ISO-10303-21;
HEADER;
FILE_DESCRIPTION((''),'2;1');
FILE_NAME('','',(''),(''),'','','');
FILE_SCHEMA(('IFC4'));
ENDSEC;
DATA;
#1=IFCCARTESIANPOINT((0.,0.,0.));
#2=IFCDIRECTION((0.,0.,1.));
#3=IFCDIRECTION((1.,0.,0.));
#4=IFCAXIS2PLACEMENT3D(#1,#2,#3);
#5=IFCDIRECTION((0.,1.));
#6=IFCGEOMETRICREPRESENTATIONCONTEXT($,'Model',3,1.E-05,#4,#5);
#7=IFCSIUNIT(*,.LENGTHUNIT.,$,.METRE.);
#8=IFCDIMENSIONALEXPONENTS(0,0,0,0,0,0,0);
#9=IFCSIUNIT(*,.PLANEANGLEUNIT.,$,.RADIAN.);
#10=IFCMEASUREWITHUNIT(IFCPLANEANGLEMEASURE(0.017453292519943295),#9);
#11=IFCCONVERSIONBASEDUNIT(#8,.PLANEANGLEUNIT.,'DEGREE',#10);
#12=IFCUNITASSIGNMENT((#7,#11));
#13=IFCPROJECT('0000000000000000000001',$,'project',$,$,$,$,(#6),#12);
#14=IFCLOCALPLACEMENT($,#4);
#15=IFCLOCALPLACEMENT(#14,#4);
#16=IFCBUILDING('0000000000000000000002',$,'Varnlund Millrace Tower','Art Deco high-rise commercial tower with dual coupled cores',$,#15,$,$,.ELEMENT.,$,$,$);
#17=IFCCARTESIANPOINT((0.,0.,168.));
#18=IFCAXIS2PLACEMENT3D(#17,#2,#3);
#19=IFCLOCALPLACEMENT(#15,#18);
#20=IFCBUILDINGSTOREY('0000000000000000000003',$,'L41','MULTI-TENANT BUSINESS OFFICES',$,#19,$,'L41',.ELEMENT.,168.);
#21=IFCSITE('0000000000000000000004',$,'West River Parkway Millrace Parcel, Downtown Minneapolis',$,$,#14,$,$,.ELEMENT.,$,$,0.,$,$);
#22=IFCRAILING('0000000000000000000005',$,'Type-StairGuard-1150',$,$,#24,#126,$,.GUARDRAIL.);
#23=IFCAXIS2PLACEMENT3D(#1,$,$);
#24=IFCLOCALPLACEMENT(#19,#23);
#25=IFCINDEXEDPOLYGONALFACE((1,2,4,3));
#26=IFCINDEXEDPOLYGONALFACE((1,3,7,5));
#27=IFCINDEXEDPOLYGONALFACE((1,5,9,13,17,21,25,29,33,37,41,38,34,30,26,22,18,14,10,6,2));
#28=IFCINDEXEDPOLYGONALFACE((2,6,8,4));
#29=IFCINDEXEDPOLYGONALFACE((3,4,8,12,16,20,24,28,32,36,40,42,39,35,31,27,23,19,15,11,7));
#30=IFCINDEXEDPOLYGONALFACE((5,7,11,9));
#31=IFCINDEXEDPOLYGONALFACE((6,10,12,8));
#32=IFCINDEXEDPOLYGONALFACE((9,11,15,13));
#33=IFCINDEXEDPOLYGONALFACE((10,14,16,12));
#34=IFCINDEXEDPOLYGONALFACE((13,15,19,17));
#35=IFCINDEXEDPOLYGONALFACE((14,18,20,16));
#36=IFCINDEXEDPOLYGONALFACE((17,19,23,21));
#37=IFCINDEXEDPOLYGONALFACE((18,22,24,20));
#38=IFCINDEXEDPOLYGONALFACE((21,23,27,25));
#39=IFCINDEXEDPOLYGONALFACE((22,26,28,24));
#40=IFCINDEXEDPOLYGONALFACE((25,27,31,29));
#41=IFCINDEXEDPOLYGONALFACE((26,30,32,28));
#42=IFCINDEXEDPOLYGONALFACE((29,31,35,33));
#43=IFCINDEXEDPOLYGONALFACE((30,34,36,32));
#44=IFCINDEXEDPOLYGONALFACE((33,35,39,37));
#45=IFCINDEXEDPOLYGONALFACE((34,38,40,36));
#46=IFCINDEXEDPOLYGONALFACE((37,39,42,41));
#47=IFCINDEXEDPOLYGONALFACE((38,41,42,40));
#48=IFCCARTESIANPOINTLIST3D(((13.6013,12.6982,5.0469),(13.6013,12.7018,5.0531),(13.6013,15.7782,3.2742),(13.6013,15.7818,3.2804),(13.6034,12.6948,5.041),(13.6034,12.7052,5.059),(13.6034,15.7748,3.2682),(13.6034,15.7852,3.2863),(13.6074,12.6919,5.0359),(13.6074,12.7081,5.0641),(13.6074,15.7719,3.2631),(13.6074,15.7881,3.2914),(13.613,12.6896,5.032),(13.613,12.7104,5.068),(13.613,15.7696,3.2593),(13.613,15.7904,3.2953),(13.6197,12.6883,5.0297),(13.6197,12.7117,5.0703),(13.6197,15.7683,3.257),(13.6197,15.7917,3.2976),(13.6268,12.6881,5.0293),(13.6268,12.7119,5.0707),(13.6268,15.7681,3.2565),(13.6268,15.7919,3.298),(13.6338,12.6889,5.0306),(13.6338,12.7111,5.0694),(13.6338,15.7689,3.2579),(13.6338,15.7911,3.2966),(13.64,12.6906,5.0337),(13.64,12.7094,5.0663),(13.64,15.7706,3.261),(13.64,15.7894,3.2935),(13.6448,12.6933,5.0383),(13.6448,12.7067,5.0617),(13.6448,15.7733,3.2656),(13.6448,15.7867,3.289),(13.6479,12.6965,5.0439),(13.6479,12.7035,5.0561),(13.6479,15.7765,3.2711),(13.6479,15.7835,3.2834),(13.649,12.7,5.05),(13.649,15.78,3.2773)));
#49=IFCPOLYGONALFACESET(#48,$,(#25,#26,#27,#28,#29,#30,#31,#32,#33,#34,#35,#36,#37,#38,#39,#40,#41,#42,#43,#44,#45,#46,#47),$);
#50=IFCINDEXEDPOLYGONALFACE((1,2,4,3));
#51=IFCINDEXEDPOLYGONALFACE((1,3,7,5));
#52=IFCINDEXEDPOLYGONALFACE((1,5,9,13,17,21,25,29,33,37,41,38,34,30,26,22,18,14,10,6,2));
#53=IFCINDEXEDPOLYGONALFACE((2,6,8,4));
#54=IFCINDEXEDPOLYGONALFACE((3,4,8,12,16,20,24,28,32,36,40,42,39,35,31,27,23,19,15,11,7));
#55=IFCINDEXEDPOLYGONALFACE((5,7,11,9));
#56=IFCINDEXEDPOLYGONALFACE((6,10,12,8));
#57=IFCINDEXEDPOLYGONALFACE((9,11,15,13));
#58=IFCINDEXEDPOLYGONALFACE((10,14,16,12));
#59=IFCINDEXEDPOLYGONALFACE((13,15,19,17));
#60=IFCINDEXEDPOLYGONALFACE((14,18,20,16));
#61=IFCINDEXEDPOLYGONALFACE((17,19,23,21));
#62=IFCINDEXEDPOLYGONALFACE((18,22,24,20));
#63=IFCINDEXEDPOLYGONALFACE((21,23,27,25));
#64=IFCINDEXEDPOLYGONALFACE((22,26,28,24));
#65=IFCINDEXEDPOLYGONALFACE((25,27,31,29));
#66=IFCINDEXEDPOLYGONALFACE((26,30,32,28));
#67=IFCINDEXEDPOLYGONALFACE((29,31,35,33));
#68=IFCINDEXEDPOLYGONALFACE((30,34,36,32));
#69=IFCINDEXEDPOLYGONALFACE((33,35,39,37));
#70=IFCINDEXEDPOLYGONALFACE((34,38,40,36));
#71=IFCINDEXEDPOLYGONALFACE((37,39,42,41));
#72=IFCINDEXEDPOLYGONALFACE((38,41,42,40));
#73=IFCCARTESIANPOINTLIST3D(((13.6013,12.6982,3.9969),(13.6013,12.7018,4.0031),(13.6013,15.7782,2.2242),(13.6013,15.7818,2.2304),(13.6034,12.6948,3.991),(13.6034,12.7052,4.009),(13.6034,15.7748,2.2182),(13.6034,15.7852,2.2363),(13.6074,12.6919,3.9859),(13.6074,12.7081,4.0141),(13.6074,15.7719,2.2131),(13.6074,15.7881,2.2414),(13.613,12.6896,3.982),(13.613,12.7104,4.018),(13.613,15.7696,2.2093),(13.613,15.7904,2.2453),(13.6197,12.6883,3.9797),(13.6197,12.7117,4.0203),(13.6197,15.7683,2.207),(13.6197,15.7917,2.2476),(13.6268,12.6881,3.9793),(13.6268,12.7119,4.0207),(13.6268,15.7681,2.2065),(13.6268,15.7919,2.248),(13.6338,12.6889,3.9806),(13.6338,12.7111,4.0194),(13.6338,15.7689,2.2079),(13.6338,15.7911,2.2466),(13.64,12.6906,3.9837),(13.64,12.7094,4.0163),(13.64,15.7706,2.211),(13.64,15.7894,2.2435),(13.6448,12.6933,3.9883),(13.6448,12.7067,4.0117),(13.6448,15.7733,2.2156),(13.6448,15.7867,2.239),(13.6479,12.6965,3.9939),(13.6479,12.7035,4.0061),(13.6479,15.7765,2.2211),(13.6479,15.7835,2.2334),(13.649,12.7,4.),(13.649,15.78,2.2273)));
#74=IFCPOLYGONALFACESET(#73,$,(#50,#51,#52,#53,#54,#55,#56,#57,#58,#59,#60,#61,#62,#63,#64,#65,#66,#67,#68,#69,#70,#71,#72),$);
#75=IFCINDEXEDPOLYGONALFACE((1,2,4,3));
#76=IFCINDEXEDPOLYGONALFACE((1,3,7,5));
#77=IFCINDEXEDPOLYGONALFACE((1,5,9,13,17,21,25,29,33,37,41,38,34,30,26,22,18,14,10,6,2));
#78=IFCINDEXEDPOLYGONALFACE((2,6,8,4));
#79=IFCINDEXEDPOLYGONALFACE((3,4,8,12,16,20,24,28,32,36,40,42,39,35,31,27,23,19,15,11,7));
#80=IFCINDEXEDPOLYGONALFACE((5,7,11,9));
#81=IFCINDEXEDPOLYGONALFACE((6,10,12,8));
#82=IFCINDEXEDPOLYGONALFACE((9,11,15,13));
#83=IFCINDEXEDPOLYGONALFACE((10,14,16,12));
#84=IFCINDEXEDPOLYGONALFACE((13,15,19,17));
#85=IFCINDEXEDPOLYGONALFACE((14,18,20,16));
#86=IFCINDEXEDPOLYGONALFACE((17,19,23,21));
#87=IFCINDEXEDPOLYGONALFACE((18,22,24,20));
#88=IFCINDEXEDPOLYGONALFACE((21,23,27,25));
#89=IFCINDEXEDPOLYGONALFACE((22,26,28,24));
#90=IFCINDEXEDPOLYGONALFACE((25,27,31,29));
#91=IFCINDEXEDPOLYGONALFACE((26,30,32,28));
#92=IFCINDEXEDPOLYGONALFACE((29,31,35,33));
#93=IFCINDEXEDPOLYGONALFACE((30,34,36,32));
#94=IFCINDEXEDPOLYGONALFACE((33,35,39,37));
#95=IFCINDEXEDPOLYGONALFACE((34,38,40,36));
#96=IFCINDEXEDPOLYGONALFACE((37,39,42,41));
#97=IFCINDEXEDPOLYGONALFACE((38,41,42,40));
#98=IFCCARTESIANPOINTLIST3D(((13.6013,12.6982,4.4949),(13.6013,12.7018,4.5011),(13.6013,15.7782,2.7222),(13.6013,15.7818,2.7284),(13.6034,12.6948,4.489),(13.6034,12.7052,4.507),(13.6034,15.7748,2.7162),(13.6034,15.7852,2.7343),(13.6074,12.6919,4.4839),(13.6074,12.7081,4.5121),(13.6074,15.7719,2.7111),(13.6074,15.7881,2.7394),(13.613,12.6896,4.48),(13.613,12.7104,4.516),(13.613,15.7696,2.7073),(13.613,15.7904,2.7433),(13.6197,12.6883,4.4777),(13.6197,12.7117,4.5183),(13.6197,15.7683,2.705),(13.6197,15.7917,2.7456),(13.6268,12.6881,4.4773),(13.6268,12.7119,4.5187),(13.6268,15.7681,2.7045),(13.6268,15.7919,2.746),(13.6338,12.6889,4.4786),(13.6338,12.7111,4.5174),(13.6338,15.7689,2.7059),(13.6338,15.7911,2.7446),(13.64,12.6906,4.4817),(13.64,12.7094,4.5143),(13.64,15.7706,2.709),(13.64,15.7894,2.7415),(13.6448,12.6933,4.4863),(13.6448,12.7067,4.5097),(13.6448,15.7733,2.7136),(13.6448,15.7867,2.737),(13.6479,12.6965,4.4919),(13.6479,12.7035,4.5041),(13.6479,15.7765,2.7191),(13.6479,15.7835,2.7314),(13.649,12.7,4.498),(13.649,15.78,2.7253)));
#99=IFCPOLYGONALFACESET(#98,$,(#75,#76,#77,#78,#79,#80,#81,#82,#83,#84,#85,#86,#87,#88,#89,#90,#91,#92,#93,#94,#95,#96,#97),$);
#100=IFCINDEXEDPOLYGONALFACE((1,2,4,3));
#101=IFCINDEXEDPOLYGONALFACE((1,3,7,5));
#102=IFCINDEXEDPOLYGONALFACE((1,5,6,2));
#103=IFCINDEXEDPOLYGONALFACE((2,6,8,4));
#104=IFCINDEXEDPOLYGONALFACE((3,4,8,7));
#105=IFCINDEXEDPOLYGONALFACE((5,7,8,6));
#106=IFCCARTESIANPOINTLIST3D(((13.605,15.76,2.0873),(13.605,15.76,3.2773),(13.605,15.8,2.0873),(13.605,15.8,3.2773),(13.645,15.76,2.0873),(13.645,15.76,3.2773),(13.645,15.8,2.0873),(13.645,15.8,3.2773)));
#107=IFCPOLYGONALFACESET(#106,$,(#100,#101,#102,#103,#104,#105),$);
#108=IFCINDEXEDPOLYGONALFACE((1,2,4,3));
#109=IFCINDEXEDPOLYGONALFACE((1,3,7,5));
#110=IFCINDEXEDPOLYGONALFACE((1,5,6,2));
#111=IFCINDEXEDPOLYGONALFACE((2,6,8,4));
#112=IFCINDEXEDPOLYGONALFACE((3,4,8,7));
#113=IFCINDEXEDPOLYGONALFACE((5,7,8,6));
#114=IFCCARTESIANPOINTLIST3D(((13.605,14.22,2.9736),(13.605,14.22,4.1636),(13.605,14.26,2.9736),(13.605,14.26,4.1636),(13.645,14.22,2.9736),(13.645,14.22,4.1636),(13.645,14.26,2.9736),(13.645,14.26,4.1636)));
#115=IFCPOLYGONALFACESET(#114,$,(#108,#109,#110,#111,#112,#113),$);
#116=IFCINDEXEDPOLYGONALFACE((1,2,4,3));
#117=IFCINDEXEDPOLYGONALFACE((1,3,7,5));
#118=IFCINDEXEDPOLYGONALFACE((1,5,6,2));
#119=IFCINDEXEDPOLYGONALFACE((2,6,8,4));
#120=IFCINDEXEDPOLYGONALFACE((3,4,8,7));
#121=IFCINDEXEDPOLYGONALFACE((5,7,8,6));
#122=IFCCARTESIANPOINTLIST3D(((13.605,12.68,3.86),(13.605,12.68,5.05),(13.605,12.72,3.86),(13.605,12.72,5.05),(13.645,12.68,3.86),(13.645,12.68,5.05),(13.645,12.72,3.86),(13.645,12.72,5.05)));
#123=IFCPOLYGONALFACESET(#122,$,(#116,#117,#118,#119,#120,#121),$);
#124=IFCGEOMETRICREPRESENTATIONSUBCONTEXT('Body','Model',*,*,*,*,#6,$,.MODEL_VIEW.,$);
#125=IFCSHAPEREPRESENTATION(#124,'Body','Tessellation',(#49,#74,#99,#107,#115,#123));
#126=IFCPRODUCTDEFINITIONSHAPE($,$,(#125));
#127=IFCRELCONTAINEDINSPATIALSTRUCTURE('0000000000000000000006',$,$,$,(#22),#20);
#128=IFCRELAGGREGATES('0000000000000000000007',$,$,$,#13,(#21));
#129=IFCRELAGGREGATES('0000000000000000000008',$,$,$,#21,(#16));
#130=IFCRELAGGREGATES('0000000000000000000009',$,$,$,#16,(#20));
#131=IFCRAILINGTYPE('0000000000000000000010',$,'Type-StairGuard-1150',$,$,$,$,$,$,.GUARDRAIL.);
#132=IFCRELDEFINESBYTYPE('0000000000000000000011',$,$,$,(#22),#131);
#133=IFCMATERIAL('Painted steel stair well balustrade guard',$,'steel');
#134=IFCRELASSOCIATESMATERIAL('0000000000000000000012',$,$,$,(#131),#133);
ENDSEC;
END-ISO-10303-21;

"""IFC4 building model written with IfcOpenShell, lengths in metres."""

from ifc_helpers import new_model, entity, si_unit, converted_unit, direction, frame, origin_with_axes, origin_2d_with_axis, place, context, subcontext, project, spatial, rectangle, circle, extrude, material, type_object, element, save


model = new_model("IFC4")

# Units and contexts
model_context = context("Model", 3, precision=1e-05, world=origin_with_axes(), true_north=direction((0.0, 1.0)))
body_context = subcontext(model_context, "Body", "Model", "MODEL_VIEW")
ifc_project = project(units=[si_unit("LENGTHUNIT", "METRE"), converted_unit("PLANEANGLEUNIT", "DEGREE", entity("IfcPlaneAngleMeasure", 0.017453292519943295), si_unit("PLANEANGLEUNIT", "RADIAN"), dimensions=[0, 0, 0, 0, 0, 0, 0])], contexts=[model_context])

# Site, building, storey
site_placement = place(None, origin_with_axes())
site = spatial("IfcSite", under=ifc_project, at=site_placement, Name="West River Parkway Millrace Parcel, Downtown Minneapolis", CompositionType="ELEMENT", RefElevation=0.0)
building_placement = place(site_placement, origin_with_axes())
building = spatial("IfcBuilding", under=site, at=building_placement, Name="Varnlund Millrace Tower", Description="Art Deco high-rise commercial tower with dual coupled cores", CompositionType="ELEMENT")
storey_placement = place(building_placement, frame((0.0, 0.0, 168.0), z_axis=(0.0, 0.0, 1.0), x_axis=(1.0, 0.0, 0.0)))
storey = spatial("IfcBuildingStorey", under=building, at=storey_placement, Name="L41", Description="MULTI-TENANT BUSINESS OFFICES", LongName="L41", CompositionType="ELEMENT", Elevation=168.0)

# Railing
ifc_material_1 = material(Name="Painted steel stair well balustrade guard", Category="steel")
railing_type_1 = type_object("IfcRailingType", Name="Type-StairGuard-1150", PredefinedType="GUARDRAIL", material=ifc_material_1)
railing_1_placement = place(storey_placement, frame((0.0, 0.0, -168.0), z_axis=(0.0, 0.0, 1.0), x_axis=(1.0, 0.0, 0.0)))
element("IfcRailing", 1, at=railing_1_placement, inside=storey, type_object=railing_type_1, Name="Type-StairGuard-1150", PredefinedType="GUARDRAIL", context=body_context, shape_type="SweptSolid", body=[
    extrude(circle(Radius=0.024, at=origin_2d_with_axis()), frame((13.625, 15.78, 171.2773), z_axis=(0.0, -0.866696, 0.498836), x_axis=(1.0, 0.0, 0.0)), (0.0, 0.0, 1.0), 3.5537),
    extrude(circle(Radius=0.024, at=origin_2d_with_axis()), frame((13.625, 15.78, 170.2273), z_axis=(0.0, -0.866696, 0.498836), x_axis=(1.0, 0.0, 0.0)), (0.0, 0.0, 1.0), 3.5537),
    extrude(circle(Radius=0.024, at=origin_2d_with_axis()), frame((13.625, 15.78, 170.7253), z_axis=(0.0, -0.866696, 0.498836), x_axis=(1.0, 0.0, 0.0)), (0.0, 0.0, 1.0), 3.5537),
    extrude(rectangle(XDim=0.04, YDim=0.04, at=origin_2d_with_axis()), frame((13.625, 15.78, 170.0873), z_axis=(0.0, 0.0, 1.0), x_axis=(1.0, 0.0, 0.0)), (0.0, 0.0, 1.0), 1.19),
    extrude(rectangle(XDim=0.04, YDim=0.04, at=origin_2d_with_axis()), frame((13.625, 14.24, 170.9736), z_axis=(0.0, 0.0, 1.0), x_axis=(1.0, 0.0, 0.0)), (0.0, 0.0, 1.0), 1.19),
    extrude(rectangle(XDim=0.04, YDim=0.04, at=origin_2d_with_axis()), frame((13.625, 12.7, 171.86), z_axis=(0.0, 0.0, 1.0), x_axis=(1.0, 0.0, 0.0)), (0.0, 0.0, 1.0), 1.19),
])

save(model, "model.ifc")
